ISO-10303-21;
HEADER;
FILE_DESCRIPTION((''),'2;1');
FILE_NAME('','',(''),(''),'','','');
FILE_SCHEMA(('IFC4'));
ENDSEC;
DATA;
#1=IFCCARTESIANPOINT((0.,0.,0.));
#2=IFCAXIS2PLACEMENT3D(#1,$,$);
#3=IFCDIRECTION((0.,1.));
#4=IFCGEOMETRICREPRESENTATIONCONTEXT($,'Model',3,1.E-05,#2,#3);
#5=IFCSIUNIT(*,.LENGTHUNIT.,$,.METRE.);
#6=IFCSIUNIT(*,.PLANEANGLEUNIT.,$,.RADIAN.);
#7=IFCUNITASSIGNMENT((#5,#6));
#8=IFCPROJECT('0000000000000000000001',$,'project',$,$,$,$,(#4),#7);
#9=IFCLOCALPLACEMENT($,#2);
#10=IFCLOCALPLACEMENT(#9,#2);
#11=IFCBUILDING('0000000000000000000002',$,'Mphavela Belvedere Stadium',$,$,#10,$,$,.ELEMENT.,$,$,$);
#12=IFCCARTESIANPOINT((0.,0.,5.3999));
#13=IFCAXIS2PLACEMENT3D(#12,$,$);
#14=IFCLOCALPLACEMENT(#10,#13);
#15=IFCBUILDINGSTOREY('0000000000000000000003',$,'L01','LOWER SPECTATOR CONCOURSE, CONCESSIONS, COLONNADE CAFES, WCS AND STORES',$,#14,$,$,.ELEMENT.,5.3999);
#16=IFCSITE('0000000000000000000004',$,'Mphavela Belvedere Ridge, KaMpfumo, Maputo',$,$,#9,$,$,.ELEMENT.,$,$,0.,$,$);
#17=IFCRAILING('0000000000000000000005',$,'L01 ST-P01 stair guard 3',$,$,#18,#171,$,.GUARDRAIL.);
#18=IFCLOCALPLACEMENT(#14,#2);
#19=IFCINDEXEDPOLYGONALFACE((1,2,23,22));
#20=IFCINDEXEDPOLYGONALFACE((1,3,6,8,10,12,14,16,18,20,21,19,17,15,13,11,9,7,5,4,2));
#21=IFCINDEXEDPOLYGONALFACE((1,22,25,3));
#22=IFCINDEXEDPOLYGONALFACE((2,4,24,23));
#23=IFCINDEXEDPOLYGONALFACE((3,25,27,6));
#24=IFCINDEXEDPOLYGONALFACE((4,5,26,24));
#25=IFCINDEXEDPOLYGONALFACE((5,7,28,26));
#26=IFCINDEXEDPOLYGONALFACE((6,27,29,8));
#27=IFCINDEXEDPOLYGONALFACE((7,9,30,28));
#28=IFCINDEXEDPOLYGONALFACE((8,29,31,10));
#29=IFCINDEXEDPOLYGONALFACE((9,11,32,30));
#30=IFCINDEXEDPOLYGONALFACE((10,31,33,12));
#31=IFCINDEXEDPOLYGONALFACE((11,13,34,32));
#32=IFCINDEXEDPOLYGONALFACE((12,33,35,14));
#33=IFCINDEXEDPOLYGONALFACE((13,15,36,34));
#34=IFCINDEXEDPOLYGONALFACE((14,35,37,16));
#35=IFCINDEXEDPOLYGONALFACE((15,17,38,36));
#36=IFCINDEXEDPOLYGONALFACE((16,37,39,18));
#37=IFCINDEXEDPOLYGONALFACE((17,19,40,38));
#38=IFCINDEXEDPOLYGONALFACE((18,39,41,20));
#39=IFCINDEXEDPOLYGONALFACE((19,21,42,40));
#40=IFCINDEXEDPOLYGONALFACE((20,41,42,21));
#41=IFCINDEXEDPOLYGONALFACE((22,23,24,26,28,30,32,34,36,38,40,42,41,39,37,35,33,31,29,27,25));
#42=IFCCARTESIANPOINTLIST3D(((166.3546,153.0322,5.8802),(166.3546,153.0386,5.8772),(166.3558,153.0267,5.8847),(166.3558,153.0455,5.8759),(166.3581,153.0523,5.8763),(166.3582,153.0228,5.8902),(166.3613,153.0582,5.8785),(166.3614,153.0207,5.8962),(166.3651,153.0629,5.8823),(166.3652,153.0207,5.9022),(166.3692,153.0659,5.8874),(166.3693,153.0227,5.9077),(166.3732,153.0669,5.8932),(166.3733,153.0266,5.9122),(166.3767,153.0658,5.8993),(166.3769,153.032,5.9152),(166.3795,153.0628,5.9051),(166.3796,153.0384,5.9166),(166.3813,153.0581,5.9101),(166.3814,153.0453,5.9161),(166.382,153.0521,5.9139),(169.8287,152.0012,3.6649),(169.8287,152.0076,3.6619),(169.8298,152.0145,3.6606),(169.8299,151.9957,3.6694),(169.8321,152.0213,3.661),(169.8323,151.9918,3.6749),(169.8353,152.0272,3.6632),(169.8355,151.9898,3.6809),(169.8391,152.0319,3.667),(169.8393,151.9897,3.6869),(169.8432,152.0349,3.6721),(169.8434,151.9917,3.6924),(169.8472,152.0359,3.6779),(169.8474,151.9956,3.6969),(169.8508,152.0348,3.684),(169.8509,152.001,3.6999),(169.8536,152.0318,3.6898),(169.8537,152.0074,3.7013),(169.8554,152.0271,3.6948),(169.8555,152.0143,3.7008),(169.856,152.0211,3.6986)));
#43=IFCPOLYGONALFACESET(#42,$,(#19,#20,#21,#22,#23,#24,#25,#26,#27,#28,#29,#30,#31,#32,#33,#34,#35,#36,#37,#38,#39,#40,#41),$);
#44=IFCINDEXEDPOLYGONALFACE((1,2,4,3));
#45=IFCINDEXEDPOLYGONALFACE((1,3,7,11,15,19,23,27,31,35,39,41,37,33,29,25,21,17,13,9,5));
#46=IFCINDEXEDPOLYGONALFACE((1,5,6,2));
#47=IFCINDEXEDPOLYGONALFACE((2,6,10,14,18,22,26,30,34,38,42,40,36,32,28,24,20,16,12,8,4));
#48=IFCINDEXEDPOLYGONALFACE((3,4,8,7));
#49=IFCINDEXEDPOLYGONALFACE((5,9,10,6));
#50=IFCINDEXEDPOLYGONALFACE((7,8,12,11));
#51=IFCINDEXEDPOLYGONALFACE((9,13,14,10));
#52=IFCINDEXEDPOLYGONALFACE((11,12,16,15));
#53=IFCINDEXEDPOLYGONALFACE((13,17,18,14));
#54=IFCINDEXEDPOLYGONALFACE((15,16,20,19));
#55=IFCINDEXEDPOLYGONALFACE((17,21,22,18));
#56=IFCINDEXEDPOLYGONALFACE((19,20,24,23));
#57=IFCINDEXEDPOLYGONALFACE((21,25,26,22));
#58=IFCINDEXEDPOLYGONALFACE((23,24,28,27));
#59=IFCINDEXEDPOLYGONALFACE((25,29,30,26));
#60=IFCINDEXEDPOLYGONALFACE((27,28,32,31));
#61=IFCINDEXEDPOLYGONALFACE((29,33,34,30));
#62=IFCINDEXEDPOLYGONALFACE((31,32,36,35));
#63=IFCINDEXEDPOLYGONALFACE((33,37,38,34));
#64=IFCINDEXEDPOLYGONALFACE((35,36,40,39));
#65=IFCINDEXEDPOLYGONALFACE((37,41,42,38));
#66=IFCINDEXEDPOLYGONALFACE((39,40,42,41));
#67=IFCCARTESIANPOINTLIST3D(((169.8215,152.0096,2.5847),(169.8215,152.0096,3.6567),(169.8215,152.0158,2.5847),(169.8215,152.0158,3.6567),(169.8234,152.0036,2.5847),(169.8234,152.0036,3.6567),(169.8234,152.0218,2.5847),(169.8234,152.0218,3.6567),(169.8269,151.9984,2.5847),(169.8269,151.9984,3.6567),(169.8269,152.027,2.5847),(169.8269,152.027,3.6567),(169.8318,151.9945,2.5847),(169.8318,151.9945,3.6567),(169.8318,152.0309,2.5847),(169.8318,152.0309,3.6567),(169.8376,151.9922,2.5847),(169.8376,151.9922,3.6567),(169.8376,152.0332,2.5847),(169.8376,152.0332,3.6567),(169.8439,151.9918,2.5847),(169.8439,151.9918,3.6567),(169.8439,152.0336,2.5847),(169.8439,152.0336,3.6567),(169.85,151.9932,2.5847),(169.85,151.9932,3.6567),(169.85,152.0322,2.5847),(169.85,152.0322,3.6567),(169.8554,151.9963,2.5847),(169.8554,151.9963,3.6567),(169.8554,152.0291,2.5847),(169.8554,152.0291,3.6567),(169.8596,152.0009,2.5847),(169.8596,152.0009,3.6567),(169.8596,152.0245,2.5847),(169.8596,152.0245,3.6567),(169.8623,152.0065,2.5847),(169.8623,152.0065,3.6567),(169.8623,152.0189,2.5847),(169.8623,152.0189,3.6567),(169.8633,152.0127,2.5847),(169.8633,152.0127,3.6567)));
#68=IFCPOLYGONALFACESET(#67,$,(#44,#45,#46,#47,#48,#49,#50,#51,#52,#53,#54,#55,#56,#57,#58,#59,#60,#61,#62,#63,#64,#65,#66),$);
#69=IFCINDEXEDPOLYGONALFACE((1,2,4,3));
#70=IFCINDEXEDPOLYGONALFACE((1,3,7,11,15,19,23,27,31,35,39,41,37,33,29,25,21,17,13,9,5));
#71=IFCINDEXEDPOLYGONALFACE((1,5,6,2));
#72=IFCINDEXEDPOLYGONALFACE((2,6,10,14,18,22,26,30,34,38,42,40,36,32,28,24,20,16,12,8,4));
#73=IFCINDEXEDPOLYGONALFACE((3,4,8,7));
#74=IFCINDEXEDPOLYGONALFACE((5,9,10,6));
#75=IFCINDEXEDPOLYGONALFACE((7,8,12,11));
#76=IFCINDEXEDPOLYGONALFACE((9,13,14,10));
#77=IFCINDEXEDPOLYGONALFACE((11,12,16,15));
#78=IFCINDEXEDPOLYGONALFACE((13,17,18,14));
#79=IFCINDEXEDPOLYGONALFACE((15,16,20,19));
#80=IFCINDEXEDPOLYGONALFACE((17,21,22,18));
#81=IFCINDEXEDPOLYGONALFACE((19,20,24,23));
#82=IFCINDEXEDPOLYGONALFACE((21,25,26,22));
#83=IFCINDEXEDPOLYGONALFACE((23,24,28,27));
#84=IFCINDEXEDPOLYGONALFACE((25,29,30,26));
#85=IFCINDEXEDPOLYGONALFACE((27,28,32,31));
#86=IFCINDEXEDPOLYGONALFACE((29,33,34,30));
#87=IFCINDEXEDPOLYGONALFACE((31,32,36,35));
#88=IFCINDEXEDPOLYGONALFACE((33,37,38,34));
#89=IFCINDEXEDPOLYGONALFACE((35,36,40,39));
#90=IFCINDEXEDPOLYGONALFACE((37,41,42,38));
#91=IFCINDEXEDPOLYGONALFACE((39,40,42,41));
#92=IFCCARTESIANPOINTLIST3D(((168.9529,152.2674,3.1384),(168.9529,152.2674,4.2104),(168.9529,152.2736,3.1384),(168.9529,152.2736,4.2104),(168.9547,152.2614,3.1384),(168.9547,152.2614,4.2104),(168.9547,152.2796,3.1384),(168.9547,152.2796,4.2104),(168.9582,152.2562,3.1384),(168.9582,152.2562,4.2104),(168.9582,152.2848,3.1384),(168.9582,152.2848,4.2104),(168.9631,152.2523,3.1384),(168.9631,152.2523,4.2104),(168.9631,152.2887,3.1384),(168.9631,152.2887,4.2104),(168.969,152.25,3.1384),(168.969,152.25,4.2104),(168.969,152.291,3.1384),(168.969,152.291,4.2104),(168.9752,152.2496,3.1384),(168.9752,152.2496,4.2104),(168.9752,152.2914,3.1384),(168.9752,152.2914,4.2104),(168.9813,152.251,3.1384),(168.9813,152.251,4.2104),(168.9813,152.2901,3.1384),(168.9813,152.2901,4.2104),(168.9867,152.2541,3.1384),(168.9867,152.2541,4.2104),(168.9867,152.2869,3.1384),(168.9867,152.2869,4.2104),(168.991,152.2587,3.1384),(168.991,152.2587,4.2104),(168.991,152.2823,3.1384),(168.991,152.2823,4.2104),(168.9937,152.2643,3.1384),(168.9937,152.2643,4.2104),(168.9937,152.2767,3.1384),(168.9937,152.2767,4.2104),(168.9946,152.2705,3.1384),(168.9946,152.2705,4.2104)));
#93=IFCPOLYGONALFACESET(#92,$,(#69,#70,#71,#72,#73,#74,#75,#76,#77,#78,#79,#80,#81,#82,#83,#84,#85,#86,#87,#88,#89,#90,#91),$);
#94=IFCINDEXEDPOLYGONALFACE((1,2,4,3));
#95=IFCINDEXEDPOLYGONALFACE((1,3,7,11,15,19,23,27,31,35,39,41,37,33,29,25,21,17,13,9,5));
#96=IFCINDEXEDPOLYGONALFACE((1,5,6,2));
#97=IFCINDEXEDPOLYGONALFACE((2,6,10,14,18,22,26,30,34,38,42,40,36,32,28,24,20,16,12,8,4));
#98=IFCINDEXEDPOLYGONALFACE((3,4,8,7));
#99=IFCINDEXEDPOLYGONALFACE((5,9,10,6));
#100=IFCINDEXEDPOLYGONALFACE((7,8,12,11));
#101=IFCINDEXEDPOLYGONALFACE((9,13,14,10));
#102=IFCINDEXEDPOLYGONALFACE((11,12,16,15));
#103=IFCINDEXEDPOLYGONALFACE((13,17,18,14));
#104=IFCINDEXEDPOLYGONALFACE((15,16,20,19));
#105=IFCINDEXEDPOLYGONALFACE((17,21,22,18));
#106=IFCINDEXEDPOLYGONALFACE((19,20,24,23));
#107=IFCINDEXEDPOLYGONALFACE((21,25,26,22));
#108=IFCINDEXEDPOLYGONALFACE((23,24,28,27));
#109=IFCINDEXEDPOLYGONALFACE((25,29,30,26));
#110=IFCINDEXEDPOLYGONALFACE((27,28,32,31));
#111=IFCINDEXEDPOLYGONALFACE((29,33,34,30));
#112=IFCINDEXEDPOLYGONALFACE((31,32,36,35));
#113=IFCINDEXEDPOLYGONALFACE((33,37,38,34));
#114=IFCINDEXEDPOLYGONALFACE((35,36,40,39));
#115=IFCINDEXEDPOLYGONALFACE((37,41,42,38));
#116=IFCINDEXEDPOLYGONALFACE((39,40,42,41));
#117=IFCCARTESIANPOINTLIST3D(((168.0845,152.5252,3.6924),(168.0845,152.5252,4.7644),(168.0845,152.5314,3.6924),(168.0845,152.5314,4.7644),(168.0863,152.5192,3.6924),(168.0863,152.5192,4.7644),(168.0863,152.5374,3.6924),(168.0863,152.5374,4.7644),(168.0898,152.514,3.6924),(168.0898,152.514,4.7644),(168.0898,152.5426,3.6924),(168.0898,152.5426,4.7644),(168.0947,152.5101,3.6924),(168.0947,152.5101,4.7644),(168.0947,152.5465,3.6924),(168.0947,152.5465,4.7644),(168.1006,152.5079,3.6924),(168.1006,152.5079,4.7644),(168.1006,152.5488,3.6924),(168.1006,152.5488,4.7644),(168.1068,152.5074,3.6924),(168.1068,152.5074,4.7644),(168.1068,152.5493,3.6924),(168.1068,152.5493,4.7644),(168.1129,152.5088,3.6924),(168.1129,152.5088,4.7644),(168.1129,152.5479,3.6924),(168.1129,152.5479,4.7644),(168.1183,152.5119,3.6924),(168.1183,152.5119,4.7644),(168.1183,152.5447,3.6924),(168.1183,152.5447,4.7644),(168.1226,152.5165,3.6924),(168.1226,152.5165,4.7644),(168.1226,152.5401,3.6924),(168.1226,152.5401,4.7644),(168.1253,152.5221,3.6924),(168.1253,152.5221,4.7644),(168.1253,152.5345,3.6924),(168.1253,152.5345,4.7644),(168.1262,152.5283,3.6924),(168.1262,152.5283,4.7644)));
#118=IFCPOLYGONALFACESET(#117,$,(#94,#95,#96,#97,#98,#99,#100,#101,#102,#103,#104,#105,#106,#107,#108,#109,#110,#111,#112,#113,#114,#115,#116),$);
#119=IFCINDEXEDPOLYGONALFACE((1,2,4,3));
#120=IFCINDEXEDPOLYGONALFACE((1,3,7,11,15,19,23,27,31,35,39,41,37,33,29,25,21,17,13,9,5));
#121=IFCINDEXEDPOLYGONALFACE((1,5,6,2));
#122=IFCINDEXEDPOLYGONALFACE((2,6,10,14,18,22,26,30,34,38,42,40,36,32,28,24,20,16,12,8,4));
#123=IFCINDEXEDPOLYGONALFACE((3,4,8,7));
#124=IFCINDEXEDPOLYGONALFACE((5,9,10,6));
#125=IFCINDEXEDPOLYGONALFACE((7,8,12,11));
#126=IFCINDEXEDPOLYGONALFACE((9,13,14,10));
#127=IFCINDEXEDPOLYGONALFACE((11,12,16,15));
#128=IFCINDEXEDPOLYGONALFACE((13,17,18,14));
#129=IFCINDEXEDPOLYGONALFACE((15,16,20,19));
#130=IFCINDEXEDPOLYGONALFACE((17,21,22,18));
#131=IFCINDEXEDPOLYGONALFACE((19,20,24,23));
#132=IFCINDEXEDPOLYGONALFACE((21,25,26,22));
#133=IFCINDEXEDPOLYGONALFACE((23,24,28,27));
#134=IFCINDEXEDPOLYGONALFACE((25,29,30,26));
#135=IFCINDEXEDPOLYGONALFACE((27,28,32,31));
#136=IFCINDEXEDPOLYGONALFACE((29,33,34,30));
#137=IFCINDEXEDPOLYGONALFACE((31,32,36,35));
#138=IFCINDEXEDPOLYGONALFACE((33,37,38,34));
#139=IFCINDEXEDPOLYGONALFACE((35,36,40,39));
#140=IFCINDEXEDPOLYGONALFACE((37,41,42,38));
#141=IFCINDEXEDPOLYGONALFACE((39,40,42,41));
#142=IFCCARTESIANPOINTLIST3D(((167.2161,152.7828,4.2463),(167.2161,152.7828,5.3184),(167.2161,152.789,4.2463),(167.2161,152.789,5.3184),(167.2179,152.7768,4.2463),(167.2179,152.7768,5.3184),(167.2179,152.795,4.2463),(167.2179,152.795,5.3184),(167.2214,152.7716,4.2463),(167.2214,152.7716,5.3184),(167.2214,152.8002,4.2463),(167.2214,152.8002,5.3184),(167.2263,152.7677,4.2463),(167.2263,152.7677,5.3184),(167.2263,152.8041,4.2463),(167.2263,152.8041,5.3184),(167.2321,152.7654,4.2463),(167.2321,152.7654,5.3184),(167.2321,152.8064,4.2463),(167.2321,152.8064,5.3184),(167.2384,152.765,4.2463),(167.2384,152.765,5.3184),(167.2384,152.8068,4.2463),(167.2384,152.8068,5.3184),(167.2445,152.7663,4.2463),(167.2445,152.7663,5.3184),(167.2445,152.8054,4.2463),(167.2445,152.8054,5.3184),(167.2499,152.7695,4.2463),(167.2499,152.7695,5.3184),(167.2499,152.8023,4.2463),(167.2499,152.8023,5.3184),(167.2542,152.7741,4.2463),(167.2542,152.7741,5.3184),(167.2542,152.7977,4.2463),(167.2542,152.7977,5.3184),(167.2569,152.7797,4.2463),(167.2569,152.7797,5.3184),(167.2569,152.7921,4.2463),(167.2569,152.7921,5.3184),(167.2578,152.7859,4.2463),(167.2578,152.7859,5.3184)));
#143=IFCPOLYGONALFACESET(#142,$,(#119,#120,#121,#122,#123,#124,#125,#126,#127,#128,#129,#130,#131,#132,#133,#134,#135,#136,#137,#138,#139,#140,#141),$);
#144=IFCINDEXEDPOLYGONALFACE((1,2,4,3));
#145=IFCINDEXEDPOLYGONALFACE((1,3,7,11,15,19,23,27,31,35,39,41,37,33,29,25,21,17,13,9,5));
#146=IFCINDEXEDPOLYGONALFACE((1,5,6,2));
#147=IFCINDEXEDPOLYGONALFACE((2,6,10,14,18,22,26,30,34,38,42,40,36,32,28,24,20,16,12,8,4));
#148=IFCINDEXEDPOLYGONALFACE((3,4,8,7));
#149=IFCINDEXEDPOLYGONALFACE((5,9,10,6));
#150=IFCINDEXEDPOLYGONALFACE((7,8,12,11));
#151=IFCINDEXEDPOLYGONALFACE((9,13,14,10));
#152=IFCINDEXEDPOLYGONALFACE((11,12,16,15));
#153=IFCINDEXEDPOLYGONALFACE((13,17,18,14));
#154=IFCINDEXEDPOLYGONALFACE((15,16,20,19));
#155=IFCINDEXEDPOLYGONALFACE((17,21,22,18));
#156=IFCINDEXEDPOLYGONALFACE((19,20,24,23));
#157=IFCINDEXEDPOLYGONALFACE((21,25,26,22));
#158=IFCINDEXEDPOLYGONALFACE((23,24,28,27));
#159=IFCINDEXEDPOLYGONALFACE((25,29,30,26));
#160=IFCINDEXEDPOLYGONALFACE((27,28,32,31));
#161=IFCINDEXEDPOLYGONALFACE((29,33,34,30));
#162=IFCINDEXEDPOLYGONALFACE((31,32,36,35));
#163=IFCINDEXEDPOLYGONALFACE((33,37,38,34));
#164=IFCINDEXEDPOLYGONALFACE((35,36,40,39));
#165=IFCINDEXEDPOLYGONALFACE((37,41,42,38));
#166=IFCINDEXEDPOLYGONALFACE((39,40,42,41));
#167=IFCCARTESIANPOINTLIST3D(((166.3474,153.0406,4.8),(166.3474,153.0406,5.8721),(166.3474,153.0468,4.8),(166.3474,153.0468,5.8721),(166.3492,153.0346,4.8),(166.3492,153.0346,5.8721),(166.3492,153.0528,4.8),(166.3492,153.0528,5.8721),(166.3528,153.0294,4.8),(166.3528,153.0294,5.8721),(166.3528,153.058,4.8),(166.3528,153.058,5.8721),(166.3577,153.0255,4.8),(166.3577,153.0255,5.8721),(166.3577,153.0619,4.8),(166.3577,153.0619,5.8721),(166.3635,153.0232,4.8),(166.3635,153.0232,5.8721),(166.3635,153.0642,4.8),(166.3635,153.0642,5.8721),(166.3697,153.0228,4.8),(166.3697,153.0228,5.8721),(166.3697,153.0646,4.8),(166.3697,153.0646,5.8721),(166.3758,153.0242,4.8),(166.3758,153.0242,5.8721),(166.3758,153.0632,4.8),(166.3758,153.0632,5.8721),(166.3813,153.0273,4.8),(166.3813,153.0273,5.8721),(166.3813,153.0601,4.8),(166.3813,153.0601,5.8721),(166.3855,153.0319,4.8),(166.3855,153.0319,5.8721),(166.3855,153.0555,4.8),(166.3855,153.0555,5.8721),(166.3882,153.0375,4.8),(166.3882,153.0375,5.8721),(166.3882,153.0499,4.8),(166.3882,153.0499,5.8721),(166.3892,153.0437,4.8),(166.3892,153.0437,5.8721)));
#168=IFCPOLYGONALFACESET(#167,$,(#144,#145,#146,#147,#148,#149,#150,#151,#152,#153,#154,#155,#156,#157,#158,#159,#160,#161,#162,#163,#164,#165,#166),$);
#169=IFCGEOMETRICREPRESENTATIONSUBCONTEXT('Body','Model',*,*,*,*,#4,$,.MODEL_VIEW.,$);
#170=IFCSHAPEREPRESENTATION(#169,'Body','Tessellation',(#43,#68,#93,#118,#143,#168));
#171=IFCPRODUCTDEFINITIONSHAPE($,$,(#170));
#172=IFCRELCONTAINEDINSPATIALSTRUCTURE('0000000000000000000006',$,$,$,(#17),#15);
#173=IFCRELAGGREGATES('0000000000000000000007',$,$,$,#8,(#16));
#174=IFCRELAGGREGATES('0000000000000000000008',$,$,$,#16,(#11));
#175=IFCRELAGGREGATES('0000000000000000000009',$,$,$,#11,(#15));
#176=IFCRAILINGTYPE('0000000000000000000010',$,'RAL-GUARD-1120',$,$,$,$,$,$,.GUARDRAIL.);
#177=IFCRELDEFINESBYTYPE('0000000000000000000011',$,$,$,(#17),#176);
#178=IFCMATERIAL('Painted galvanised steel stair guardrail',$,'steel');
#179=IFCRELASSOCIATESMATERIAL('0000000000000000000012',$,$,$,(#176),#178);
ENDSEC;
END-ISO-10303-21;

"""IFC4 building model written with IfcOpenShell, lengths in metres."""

from ifc_helpers import new_model, si_unit, direction, frame, origin, origin_2d, place, context, subcontext, project, spatial, circle, extrude, material, type_object, element, save


model = new_model("IFC4")

# Units and contexts
model_context = context("Model", 3, precision=1e-05, world=origin(), true_north=direction((0.0, 1.0)))
body_context = subcontext(model_context, "Body", "Model", "MODEL_VIEW")
ifc_project = project(units=[si_unit("LENGTHUNIT", "METRE"), si_unit("PLANEANGLEUNIT", "RADIAN")], contexts=[model_context])

# Site, building, storey
site_placement = place(None, origin())
site = spatial("IfcSite", under=ifc_project, at=site_placement, Name="Mphavela Belvedere Ridge, KaMpfumo, Maputo", CompositionType="ELEMENT", RefElevation=0.0)
building_placement = place(site_placement, origin())
building = spatial("IfcBuilding", under=site, at=building_placement, Name="Mphavela Belvedere Stadium", CompositionType="ELEMENT")
storey_placement = place(building_placement, frame((0.0, 0.0, 5.3999)))
storey = spatial("IfcBuildingStorey", under=building, at=storey_placement, Name="L01", Description="LOWER SPECTATOR CONCOURSE, CONCESSIONS, COLONNADE CAFES, WCS AND STORES", CompositionType="ELEMENT", Elevation=5.3999)

# Railing
ifc_material_1 = material(Name="Painted galvanised steel stair guardrail", Category="steel")
railing_type_1 = type_object("IfcRailingType", Name="RAL-GUARD-1120", PredefinedType="GUARDRAIL", material=ifc_material_1)
railing_1_placement = place(storey_placement, frame((169.8423, 152.0127, 2.5847)))
element("IfcRailing", 1, at=railing_1_placement, inside=storey, type_object=railing_type_1, Name="L01 ST-P01 stair guard 3", PredefinedType="GUARDRAIL", context=body_context, shape_type="SweptSolid", body=[
    extrude(circle(Radius=0.0239, at=origin_2d()), frame((0.0, 0.0, 1.0962), z_axis=(-0.817946, 0.24274, 0.521577), x_axis=(-0.284503, -0.958675, 0.0)), (0.0, 0.0, 1.0), 4.2473),
    extrude(circle(Radius=0.021, at=origin_2d()), origin(), (0.0, 0.0, 1.0), 1.072),
    extrude(circle(Radius=0.021, at=origin_2d()), frame((-0.8687, 0.2578, 0.5537)), (0.0, 0.0, 1.0), 1.072),
    extrude(circle(Radius=0.021, at=origin_2d()), frame((-1.7371, 0.5156, 1.1077)), (0.0, 0.0, 1.0), 1.072),
    extrude(circle(Radius=0.021, at=origin_2d()), frame((-2.6055, 0.7732, 1.6616)), (0.0, 0.0, 1.0), 1.072),
    extrude(circle(Radius=0.021, at=origin_2d()), frame((-3.4741, 1.031, 2.2153)), (0.0, 0.0, 1.0), 1.072),
])

save(model, "model.ifc")
